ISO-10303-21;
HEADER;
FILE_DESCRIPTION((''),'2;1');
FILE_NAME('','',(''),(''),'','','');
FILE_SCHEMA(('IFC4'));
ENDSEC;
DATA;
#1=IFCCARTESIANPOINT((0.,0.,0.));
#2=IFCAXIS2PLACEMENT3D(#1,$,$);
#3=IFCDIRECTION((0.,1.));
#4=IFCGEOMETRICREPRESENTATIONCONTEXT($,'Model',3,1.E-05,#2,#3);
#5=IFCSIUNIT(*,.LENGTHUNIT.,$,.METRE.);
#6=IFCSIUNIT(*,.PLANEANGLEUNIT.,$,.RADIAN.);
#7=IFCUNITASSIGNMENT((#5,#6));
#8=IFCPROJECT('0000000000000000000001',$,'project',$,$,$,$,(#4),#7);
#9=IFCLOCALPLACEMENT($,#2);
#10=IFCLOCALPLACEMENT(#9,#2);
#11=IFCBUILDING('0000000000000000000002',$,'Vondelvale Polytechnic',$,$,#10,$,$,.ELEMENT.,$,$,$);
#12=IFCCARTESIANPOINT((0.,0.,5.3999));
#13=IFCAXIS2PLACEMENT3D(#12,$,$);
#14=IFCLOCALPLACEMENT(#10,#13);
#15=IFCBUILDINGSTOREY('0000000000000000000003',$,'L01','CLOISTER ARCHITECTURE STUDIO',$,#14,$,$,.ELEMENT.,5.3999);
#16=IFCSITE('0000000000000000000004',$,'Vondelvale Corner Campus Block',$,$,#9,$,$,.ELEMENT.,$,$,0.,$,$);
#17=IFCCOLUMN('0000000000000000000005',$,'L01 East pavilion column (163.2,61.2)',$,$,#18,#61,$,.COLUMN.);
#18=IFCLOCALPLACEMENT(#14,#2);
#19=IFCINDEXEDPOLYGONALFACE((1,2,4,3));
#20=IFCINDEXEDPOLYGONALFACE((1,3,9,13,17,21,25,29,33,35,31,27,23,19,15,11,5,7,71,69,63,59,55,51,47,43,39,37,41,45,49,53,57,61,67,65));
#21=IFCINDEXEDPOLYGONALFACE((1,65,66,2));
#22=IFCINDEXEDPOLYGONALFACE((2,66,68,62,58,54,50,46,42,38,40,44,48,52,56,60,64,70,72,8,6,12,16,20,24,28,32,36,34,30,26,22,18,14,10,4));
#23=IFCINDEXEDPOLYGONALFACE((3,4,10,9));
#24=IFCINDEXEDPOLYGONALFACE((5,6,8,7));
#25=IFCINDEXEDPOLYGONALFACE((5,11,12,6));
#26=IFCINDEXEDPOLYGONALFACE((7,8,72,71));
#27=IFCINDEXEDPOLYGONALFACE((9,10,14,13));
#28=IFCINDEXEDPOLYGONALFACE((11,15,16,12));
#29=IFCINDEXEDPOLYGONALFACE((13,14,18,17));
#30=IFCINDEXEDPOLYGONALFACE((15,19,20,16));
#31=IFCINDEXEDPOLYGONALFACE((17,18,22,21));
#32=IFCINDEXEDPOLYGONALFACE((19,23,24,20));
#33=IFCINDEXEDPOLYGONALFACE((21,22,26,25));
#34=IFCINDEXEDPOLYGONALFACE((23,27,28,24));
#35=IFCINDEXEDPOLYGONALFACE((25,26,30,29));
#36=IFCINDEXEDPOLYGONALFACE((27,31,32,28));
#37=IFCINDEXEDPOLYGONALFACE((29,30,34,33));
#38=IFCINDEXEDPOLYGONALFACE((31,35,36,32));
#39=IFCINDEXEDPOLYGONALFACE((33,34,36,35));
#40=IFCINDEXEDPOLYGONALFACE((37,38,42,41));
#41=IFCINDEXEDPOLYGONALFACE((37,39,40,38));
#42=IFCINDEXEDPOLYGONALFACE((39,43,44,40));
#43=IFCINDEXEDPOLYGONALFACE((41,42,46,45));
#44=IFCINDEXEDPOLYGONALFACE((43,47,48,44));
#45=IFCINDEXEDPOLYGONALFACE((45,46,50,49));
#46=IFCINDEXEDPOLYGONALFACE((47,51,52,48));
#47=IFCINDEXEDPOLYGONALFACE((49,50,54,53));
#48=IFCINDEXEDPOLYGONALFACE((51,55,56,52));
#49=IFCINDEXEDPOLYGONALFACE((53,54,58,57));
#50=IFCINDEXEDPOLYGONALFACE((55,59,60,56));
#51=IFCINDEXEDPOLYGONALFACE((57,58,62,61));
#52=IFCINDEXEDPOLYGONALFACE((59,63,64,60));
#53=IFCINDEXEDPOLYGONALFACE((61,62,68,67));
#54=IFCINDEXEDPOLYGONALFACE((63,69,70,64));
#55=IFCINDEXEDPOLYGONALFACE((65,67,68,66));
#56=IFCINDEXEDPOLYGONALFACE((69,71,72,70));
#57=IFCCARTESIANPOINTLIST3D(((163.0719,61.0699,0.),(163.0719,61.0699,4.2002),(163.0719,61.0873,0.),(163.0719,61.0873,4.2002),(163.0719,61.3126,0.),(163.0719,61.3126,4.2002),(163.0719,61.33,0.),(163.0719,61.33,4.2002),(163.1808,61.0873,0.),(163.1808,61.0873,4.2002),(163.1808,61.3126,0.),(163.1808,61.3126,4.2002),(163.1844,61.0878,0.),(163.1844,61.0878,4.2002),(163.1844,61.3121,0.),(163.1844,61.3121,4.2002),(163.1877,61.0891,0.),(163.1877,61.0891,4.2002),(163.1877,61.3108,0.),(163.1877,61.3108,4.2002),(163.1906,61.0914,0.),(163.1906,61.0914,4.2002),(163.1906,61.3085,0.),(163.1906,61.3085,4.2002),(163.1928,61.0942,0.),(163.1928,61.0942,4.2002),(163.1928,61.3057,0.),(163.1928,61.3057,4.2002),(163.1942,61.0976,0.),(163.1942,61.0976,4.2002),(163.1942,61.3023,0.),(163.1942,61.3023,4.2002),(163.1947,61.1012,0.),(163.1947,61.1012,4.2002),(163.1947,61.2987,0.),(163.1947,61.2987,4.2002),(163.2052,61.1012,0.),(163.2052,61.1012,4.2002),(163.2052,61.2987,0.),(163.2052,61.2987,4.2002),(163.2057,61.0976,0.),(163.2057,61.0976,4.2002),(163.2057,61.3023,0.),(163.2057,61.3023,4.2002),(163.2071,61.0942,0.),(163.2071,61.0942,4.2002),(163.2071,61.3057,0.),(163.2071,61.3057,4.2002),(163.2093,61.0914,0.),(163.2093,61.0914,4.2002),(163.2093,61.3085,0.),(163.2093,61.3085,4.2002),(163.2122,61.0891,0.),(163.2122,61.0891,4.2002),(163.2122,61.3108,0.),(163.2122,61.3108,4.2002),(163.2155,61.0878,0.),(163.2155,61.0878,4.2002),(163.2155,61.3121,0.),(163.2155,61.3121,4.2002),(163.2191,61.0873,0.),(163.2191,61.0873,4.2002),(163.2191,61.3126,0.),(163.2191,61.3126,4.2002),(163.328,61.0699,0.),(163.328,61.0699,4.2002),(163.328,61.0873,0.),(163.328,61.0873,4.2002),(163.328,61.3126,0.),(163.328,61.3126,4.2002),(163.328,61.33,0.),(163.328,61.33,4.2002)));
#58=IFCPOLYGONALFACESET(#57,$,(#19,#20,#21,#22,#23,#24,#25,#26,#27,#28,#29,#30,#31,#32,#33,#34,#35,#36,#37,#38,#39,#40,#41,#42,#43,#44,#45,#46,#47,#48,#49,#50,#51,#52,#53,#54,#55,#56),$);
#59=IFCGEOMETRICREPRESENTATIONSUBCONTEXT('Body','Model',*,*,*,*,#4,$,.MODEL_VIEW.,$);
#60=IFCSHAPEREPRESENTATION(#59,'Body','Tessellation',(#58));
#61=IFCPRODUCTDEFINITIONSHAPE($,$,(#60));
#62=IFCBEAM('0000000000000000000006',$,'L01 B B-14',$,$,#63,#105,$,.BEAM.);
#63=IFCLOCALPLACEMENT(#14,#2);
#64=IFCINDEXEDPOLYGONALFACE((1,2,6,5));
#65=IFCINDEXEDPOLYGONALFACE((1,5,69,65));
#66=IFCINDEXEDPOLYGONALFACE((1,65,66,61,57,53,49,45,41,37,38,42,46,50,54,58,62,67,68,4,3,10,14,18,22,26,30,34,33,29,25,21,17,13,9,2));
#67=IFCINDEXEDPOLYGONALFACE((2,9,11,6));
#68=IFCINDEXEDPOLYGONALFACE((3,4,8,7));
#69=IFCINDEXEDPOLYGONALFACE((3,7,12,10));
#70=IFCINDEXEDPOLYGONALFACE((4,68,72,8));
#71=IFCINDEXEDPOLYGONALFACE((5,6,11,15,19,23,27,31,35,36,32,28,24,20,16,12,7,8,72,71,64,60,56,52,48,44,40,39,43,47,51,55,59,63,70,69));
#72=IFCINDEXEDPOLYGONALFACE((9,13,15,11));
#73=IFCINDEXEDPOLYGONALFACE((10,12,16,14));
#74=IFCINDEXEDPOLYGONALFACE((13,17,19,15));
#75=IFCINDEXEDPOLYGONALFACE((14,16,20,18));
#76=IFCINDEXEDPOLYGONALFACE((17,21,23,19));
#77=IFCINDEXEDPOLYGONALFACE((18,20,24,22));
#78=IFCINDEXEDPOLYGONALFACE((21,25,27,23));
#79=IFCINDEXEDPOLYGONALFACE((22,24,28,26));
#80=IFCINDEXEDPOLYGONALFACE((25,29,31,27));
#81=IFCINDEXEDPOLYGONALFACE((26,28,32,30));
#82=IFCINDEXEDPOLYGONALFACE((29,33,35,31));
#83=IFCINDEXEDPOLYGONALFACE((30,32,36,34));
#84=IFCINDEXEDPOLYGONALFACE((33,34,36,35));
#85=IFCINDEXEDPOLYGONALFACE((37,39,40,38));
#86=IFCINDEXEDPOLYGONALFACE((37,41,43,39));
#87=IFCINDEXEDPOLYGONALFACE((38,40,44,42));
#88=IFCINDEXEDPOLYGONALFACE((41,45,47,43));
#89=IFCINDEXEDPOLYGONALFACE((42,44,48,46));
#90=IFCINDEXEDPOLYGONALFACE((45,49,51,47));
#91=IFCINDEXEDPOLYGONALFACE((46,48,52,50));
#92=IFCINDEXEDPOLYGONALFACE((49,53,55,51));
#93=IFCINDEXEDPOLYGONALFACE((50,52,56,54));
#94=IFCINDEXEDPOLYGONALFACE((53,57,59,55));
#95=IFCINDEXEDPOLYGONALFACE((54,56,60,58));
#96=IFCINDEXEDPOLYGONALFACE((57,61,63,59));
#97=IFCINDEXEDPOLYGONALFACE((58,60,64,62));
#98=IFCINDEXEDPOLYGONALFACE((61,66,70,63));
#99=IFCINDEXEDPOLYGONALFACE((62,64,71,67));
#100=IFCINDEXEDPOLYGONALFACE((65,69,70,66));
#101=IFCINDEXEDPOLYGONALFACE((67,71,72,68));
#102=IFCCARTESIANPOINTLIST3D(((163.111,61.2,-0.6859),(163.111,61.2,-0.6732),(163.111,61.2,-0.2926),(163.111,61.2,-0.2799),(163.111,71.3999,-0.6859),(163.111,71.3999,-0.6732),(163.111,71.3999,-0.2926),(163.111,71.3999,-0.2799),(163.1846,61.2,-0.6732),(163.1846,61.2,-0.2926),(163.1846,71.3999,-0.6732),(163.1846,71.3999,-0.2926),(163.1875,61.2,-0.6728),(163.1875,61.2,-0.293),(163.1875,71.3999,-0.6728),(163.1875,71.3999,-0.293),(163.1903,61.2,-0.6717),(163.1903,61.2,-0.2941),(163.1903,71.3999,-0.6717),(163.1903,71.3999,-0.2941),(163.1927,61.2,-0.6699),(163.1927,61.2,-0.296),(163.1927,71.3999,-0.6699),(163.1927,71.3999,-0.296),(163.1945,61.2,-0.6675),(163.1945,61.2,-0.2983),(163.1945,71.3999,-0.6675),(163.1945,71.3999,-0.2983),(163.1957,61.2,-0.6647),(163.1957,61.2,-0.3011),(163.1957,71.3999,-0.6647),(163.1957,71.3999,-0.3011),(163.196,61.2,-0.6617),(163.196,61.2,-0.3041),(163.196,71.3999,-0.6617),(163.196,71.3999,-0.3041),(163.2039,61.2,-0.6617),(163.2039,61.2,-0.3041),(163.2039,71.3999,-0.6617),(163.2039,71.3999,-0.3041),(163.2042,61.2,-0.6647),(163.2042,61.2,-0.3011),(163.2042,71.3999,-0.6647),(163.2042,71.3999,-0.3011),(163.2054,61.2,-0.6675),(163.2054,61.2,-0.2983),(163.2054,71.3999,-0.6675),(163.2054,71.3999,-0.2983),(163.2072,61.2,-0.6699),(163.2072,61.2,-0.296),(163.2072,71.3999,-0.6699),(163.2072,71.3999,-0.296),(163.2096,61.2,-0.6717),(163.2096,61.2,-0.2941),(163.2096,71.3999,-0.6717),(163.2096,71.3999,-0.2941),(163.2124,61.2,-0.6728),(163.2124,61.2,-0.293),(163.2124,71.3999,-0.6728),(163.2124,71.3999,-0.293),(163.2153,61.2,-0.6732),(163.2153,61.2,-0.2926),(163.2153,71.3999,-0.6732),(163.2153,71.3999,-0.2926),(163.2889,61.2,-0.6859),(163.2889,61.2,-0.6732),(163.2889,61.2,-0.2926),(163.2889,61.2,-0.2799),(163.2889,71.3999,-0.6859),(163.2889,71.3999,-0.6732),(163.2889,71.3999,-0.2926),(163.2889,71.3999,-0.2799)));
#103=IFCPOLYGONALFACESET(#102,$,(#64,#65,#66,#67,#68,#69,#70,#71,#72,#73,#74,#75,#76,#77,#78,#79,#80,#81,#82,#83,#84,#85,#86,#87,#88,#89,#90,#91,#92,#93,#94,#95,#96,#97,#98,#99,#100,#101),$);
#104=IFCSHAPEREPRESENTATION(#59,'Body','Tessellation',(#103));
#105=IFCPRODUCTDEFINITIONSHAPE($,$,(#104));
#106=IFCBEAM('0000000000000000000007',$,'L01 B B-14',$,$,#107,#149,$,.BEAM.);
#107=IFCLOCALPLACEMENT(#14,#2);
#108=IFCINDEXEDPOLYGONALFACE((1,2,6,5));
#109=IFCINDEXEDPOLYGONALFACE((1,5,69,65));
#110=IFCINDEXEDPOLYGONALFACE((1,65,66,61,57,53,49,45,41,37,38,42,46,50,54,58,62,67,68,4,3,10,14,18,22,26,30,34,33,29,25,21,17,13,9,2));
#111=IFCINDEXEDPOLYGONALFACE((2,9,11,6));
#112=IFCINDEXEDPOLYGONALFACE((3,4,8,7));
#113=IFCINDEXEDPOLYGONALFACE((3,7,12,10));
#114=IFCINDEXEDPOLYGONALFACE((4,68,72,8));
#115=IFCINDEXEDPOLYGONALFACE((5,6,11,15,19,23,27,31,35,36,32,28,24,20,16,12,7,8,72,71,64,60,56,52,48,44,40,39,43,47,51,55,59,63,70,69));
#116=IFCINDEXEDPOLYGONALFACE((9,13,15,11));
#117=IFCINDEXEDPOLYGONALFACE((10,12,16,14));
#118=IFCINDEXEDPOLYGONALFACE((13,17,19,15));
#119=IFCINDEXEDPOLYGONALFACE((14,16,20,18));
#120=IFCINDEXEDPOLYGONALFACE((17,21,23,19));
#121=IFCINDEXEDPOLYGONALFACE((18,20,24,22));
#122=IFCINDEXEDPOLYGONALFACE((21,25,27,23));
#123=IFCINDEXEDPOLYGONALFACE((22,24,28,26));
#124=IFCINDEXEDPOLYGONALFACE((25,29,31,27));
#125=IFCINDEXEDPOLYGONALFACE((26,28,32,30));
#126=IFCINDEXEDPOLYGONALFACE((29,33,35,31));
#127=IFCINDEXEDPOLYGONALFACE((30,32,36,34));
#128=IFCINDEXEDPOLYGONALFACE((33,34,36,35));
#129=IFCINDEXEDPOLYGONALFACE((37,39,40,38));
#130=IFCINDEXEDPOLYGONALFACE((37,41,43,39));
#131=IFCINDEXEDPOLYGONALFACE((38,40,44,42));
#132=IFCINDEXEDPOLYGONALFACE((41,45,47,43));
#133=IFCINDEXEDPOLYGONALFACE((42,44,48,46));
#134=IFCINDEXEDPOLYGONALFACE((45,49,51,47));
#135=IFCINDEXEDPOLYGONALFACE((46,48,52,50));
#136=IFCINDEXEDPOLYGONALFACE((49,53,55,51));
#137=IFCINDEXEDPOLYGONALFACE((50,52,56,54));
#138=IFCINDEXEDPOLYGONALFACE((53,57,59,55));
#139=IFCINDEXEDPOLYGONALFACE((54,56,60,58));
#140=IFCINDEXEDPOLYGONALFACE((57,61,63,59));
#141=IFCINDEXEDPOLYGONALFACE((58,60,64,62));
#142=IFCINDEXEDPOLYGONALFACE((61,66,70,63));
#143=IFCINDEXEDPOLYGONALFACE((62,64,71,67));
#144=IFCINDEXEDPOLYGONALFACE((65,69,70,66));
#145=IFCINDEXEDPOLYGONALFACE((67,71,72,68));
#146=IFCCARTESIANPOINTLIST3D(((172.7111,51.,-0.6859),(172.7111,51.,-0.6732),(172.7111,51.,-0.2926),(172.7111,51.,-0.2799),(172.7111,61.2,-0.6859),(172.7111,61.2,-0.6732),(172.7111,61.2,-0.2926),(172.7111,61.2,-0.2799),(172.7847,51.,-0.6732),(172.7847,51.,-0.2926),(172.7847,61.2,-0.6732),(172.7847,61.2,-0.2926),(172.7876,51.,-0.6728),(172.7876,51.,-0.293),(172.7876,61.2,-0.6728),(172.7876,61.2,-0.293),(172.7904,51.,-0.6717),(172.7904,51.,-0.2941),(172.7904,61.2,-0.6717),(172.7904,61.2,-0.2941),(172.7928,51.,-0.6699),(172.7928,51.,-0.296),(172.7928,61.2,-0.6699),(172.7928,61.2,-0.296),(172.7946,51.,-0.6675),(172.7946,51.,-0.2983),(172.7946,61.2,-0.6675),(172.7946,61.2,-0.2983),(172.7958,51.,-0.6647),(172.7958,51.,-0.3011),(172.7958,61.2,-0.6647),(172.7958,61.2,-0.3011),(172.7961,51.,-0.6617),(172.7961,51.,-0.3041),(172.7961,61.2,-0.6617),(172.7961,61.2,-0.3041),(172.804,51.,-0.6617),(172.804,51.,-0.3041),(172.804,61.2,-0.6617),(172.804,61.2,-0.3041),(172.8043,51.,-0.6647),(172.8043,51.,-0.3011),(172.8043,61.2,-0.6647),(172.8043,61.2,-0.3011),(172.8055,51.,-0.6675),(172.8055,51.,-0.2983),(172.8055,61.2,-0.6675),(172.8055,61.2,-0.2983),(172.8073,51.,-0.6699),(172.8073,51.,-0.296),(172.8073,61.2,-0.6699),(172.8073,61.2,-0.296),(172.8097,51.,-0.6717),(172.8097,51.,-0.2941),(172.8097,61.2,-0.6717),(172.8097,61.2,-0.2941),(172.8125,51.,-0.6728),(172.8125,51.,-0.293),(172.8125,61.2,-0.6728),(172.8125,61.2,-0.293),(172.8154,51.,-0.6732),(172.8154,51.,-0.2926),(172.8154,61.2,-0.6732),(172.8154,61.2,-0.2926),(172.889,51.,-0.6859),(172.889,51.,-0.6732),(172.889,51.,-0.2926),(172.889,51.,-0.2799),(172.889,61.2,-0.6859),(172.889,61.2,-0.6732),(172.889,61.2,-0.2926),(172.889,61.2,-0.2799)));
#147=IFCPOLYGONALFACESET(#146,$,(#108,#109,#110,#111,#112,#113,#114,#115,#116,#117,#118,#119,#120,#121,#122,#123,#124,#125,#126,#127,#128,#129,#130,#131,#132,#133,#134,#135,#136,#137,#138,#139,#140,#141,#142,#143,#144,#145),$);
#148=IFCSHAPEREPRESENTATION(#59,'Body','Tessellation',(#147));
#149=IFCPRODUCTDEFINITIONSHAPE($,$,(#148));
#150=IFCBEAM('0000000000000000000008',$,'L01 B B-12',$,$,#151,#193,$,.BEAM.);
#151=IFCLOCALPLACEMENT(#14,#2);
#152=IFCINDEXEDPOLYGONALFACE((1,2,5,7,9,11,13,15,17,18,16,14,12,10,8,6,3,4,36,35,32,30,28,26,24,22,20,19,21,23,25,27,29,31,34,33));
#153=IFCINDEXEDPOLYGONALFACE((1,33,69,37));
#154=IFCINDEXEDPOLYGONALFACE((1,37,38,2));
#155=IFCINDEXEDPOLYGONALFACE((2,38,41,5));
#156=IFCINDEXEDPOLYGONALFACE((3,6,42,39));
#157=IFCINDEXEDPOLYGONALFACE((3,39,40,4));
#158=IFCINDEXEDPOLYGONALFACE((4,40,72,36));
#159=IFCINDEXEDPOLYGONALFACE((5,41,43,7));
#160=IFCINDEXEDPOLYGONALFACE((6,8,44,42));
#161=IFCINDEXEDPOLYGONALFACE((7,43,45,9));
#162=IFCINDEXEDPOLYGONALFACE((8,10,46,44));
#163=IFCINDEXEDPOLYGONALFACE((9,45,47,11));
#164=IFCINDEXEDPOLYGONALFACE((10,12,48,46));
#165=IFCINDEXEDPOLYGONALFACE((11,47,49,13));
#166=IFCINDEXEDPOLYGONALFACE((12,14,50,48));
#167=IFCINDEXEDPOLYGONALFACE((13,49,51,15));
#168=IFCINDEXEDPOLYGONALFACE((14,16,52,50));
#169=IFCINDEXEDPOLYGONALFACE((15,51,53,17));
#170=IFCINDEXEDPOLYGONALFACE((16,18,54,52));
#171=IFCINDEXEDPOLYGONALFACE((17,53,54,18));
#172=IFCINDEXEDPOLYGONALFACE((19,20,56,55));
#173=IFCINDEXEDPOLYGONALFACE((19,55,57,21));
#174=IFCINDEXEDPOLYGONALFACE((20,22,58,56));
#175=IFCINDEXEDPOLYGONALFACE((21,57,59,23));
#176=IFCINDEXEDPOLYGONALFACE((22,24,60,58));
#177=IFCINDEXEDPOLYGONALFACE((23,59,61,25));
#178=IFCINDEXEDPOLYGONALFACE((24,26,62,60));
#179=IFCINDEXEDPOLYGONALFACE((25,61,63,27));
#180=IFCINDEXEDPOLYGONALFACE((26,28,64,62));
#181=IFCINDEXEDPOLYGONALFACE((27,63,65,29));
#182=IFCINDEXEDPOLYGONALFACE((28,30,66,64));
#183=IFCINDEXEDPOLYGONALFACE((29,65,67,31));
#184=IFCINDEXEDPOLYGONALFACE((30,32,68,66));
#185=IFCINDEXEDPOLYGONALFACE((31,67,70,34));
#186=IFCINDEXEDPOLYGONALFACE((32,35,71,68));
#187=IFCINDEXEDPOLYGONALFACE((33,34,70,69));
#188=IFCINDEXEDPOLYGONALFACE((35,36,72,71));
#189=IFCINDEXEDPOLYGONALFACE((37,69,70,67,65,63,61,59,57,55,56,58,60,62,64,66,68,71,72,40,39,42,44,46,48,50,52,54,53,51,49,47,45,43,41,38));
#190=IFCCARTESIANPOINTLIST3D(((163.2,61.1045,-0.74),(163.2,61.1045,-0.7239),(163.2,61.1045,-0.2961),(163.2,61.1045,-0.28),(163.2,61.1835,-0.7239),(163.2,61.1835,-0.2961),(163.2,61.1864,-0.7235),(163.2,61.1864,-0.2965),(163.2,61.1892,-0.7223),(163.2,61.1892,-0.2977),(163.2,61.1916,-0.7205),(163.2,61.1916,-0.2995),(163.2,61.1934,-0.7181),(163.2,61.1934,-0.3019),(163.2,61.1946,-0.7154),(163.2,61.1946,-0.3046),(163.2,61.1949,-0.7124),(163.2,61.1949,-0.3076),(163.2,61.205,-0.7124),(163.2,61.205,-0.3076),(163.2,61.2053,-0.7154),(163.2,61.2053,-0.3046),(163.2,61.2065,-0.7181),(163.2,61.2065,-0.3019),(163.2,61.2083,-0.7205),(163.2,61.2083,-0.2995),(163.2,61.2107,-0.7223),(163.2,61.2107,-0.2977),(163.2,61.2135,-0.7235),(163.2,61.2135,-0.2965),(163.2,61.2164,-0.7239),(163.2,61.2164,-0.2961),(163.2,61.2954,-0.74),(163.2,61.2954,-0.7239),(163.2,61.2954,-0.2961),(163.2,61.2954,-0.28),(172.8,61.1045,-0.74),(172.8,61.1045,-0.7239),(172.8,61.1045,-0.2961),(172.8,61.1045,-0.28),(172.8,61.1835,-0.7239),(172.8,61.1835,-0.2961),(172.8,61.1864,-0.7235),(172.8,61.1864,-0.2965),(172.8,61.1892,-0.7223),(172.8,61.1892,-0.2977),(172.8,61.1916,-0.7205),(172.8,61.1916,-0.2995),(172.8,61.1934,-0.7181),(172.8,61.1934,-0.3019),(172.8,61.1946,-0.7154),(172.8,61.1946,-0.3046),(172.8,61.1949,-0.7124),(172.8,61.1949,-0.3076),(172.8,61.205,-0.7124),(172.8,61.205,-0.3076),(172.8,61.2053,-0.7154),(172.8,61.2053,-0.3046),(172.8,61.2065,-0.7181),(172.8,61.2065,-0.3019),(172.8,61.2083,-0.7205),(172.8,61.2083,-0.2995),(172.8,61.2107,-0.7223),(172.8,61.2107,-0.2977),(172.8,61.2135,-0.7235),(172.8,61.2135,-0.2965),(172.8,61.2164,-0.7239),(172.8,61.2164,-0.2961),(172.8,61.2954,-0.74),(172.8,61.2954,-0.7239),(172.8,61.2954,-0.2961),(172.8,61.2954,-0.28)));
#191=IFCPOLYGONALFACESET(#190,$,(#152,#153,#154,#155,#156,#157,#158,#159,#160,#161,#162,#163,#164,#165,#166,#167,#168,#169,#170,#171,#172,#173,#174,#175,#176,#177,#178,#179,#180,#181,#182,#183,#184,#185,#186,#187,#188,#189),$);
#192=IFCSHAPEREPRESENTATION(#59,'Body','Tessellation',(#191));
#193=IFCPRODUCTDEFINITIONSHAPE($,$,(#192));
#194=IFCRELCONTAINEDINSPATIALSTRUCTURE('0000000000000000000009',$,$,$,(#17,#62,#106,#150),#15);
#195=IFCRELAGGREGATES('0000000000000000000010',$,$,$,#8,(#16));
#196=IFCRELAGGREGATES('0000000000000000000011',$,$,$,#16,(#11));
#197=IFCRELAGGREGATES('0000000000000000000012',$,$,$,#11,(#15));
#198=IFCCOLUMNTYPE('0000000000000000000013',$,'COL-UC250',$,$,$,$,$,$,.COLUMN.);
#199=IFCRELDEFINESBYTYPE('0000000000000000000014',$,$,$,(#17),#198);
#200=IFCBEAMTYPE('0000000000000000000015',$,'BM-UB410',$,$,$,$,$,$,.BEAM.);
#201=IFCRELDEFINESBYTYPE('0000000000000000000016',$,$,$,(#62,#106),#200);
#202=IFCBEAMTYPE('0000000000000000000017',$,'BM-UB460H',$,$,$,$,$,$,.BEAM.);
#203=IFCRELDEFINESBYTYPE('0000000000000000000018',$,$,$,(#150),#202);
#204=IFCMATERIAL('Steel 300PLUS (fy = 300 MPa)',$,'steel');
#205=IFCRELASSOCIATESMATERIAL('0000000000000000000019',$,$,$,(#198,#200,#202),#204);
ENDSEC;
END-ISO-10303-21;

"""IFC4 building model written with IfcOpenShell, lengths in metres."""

from ifc_helpers import new_model, si_unit, direction, frame, origin, origin_2d, place, context, subcontext, project, spatial, i_section, extrude, material, material_profile, profile_set, type_object, element, save


model = new_model("IFC4")

# Units and contexts
model_context = context("Model", 3, precision=1e-05, world=origin(), true_north=direction((0.0, 1.0)))
body_context = subcontext(model_context, "Body", "Model", "MODEL_VIEW")
ifc_project = project(units=[si_unit("LENGTHUNIT", "METRE"), si_unit("PLANEANGLEUNIT", "RADIAN")], contexts=[model_context])

# Site, building, storey
site_placement = place(None, origin())
site = spatial("IfcSite", under=ifc_project, at=site_placement, Name="Vondelvale Corner Campus Block", CompositionType="ELEMENT", RefElevation=0.0)
building_placement = place(site_placement, origin())
building = spatial("IfcBuilding", under=site, at=building_placement, Name="Vondelvale Polytechnic", CompositionType="ELEMENT")
storey_placement = place(building_placement, frame((0.0, 0.0, 5.3999)))
storey = spatial("IfcBuildingStorey", under=building, at=storey_placement, Name="L01", Description="CLOISTER ARCHITECTURE STUDIO", CompositionType="ELEMENT", Elevation=5.3999)

# Column
ifc_material_1 = material(Name="Steel 300PLUS (fy = 300 MPa)", Category="steel")
ifc_material_profile_1 = material_profile(ifc_material_1, i_section(OverallWidth=0.2561, OverallDepth=0.26, WebThickness=0.0105, FlangeThickness=0.0173, FilletRadius=0.0139, at=origin_2d()), Name="250UC89.5")
ifc_profile_set_1 = profile_set([ifc_material_profile_1], Name="Steel 300PLUS (fy = 300 MPa)")
column_type = type_object("IfcColumnType", Name="COL-UC250", PredefinedType="COLUMN", material=ifc_profile_set_1)
column_placement = place(storey_placement, frame((163.2, 61.2, 0.0), z_axis=(0.0, 0.0, 1.0), x_axis=(1.0, 0.0, 0.0)))
element("IfcColumn", 1, at=column_placement, inside=storey, type_object=column_type, Name="L01 East pavilion column (163.2,61.2)", PredefinedType="COLUMN", context=body_context, shape_type="SweptSolid", body=[
    extrude(i_section(OverallWidth=0.2561, OverallDepth=0.26, WebThickness=0.0105, FlangeThickness=0.0173, FilletRadius=0.0139, at=origin_2d()), origin(), (0.0, 0.0, 1.0), 4.2002),
])

# Beams
ifc_material_profile_2 = material_profile(ifc_material_1, i_section(OverallWidth=0.178, OverallDepth=0.406, WebThickness=0.0078, FlangeThickness=0.0127, FilletRadius=0.0115, at=origin_2d()), Name="410UB59.7")
ifc_profile_set_2 = profile_set([ifc_material_profile_2], Name="Steel 300PLUS (fy = 300 MPa)")
beam_type_1 = type_object("IfcBeamType", Name="BM-UB410", PredefinedType="BEAM", material=ifc_profile_set_2)
for number, where, z_axis, x_axis, name in (
    (2, (163.2, 61.2, -0.4829), (0.0, 1.0, 0.0), (-1.0, 0.0, 0.0), "L01 B B-14"),
    (3, (172.8, 51.0, -0.4829), (0.0, 1.0, 0.0), (-1.0, 0.0, 0.0), "L01 B B-14"),
):
    element("IfcBeam", number, at=place(storey_placement, frame(where, z_axis=z_axis, x_axis=x_axis)), inside=storey, type_object=beam_type_1, Name=name, PredefinedType="BEAM", context=body_context, shape_type="SweptSolid", body=[
        extrude(i_section(OverallWidth=0.178, OverallDepth=0.406, WebThickness=0.0078, FlangeThickness=0.0127, FilletRadius=0.0115, at=origin_2d()), origin(), (0.0, 0.0, 1.0), 10.2),
    ])
ifc_material_profile_3 = material_profile(ifc_material_1, i_section(OverallWidth=0.1909, OverallDepth=0.46, WebThickness=0.01, FlangeThickness=0.0161, FilletRadius=0.0115, at=origin_2d()), Name="460UB82.1")
ifc_profile_set_3 = profile_set([ifc_material_profile_3], Name="Steel 300PLUS (fy = 300 MPa)")
beam_type_2 = type_object("IfcBeamType", Name="BM-UB460H", PredefinedType="BEAM", material=ifc_profile_set_3)
beam_placement = place(storey_placement, frame((163.2, 61.2, -0.51), z_axis=(1.0, 0.0, 0.0), x_axis=(0.0, 1.0, 0.0)))
element("IfcBeam", 4, at=beam_placement, inside=storey, type_object=beam_type_2, Name="L01 B B-12", PredefinedType="BEAM", context=body_context, shape_type="SweptSolid", body=[
    extrude(i_section(OverallWidth=0.1909, OverallDepth=0.46, WebThickness=0.01, FlangeThickness=0.0161, FilletRadius=0.0115, at=origin_2d()), origin(), (0.0, 0.0, 1.0), 9.6001),
])

save(model, "model.ifc")
